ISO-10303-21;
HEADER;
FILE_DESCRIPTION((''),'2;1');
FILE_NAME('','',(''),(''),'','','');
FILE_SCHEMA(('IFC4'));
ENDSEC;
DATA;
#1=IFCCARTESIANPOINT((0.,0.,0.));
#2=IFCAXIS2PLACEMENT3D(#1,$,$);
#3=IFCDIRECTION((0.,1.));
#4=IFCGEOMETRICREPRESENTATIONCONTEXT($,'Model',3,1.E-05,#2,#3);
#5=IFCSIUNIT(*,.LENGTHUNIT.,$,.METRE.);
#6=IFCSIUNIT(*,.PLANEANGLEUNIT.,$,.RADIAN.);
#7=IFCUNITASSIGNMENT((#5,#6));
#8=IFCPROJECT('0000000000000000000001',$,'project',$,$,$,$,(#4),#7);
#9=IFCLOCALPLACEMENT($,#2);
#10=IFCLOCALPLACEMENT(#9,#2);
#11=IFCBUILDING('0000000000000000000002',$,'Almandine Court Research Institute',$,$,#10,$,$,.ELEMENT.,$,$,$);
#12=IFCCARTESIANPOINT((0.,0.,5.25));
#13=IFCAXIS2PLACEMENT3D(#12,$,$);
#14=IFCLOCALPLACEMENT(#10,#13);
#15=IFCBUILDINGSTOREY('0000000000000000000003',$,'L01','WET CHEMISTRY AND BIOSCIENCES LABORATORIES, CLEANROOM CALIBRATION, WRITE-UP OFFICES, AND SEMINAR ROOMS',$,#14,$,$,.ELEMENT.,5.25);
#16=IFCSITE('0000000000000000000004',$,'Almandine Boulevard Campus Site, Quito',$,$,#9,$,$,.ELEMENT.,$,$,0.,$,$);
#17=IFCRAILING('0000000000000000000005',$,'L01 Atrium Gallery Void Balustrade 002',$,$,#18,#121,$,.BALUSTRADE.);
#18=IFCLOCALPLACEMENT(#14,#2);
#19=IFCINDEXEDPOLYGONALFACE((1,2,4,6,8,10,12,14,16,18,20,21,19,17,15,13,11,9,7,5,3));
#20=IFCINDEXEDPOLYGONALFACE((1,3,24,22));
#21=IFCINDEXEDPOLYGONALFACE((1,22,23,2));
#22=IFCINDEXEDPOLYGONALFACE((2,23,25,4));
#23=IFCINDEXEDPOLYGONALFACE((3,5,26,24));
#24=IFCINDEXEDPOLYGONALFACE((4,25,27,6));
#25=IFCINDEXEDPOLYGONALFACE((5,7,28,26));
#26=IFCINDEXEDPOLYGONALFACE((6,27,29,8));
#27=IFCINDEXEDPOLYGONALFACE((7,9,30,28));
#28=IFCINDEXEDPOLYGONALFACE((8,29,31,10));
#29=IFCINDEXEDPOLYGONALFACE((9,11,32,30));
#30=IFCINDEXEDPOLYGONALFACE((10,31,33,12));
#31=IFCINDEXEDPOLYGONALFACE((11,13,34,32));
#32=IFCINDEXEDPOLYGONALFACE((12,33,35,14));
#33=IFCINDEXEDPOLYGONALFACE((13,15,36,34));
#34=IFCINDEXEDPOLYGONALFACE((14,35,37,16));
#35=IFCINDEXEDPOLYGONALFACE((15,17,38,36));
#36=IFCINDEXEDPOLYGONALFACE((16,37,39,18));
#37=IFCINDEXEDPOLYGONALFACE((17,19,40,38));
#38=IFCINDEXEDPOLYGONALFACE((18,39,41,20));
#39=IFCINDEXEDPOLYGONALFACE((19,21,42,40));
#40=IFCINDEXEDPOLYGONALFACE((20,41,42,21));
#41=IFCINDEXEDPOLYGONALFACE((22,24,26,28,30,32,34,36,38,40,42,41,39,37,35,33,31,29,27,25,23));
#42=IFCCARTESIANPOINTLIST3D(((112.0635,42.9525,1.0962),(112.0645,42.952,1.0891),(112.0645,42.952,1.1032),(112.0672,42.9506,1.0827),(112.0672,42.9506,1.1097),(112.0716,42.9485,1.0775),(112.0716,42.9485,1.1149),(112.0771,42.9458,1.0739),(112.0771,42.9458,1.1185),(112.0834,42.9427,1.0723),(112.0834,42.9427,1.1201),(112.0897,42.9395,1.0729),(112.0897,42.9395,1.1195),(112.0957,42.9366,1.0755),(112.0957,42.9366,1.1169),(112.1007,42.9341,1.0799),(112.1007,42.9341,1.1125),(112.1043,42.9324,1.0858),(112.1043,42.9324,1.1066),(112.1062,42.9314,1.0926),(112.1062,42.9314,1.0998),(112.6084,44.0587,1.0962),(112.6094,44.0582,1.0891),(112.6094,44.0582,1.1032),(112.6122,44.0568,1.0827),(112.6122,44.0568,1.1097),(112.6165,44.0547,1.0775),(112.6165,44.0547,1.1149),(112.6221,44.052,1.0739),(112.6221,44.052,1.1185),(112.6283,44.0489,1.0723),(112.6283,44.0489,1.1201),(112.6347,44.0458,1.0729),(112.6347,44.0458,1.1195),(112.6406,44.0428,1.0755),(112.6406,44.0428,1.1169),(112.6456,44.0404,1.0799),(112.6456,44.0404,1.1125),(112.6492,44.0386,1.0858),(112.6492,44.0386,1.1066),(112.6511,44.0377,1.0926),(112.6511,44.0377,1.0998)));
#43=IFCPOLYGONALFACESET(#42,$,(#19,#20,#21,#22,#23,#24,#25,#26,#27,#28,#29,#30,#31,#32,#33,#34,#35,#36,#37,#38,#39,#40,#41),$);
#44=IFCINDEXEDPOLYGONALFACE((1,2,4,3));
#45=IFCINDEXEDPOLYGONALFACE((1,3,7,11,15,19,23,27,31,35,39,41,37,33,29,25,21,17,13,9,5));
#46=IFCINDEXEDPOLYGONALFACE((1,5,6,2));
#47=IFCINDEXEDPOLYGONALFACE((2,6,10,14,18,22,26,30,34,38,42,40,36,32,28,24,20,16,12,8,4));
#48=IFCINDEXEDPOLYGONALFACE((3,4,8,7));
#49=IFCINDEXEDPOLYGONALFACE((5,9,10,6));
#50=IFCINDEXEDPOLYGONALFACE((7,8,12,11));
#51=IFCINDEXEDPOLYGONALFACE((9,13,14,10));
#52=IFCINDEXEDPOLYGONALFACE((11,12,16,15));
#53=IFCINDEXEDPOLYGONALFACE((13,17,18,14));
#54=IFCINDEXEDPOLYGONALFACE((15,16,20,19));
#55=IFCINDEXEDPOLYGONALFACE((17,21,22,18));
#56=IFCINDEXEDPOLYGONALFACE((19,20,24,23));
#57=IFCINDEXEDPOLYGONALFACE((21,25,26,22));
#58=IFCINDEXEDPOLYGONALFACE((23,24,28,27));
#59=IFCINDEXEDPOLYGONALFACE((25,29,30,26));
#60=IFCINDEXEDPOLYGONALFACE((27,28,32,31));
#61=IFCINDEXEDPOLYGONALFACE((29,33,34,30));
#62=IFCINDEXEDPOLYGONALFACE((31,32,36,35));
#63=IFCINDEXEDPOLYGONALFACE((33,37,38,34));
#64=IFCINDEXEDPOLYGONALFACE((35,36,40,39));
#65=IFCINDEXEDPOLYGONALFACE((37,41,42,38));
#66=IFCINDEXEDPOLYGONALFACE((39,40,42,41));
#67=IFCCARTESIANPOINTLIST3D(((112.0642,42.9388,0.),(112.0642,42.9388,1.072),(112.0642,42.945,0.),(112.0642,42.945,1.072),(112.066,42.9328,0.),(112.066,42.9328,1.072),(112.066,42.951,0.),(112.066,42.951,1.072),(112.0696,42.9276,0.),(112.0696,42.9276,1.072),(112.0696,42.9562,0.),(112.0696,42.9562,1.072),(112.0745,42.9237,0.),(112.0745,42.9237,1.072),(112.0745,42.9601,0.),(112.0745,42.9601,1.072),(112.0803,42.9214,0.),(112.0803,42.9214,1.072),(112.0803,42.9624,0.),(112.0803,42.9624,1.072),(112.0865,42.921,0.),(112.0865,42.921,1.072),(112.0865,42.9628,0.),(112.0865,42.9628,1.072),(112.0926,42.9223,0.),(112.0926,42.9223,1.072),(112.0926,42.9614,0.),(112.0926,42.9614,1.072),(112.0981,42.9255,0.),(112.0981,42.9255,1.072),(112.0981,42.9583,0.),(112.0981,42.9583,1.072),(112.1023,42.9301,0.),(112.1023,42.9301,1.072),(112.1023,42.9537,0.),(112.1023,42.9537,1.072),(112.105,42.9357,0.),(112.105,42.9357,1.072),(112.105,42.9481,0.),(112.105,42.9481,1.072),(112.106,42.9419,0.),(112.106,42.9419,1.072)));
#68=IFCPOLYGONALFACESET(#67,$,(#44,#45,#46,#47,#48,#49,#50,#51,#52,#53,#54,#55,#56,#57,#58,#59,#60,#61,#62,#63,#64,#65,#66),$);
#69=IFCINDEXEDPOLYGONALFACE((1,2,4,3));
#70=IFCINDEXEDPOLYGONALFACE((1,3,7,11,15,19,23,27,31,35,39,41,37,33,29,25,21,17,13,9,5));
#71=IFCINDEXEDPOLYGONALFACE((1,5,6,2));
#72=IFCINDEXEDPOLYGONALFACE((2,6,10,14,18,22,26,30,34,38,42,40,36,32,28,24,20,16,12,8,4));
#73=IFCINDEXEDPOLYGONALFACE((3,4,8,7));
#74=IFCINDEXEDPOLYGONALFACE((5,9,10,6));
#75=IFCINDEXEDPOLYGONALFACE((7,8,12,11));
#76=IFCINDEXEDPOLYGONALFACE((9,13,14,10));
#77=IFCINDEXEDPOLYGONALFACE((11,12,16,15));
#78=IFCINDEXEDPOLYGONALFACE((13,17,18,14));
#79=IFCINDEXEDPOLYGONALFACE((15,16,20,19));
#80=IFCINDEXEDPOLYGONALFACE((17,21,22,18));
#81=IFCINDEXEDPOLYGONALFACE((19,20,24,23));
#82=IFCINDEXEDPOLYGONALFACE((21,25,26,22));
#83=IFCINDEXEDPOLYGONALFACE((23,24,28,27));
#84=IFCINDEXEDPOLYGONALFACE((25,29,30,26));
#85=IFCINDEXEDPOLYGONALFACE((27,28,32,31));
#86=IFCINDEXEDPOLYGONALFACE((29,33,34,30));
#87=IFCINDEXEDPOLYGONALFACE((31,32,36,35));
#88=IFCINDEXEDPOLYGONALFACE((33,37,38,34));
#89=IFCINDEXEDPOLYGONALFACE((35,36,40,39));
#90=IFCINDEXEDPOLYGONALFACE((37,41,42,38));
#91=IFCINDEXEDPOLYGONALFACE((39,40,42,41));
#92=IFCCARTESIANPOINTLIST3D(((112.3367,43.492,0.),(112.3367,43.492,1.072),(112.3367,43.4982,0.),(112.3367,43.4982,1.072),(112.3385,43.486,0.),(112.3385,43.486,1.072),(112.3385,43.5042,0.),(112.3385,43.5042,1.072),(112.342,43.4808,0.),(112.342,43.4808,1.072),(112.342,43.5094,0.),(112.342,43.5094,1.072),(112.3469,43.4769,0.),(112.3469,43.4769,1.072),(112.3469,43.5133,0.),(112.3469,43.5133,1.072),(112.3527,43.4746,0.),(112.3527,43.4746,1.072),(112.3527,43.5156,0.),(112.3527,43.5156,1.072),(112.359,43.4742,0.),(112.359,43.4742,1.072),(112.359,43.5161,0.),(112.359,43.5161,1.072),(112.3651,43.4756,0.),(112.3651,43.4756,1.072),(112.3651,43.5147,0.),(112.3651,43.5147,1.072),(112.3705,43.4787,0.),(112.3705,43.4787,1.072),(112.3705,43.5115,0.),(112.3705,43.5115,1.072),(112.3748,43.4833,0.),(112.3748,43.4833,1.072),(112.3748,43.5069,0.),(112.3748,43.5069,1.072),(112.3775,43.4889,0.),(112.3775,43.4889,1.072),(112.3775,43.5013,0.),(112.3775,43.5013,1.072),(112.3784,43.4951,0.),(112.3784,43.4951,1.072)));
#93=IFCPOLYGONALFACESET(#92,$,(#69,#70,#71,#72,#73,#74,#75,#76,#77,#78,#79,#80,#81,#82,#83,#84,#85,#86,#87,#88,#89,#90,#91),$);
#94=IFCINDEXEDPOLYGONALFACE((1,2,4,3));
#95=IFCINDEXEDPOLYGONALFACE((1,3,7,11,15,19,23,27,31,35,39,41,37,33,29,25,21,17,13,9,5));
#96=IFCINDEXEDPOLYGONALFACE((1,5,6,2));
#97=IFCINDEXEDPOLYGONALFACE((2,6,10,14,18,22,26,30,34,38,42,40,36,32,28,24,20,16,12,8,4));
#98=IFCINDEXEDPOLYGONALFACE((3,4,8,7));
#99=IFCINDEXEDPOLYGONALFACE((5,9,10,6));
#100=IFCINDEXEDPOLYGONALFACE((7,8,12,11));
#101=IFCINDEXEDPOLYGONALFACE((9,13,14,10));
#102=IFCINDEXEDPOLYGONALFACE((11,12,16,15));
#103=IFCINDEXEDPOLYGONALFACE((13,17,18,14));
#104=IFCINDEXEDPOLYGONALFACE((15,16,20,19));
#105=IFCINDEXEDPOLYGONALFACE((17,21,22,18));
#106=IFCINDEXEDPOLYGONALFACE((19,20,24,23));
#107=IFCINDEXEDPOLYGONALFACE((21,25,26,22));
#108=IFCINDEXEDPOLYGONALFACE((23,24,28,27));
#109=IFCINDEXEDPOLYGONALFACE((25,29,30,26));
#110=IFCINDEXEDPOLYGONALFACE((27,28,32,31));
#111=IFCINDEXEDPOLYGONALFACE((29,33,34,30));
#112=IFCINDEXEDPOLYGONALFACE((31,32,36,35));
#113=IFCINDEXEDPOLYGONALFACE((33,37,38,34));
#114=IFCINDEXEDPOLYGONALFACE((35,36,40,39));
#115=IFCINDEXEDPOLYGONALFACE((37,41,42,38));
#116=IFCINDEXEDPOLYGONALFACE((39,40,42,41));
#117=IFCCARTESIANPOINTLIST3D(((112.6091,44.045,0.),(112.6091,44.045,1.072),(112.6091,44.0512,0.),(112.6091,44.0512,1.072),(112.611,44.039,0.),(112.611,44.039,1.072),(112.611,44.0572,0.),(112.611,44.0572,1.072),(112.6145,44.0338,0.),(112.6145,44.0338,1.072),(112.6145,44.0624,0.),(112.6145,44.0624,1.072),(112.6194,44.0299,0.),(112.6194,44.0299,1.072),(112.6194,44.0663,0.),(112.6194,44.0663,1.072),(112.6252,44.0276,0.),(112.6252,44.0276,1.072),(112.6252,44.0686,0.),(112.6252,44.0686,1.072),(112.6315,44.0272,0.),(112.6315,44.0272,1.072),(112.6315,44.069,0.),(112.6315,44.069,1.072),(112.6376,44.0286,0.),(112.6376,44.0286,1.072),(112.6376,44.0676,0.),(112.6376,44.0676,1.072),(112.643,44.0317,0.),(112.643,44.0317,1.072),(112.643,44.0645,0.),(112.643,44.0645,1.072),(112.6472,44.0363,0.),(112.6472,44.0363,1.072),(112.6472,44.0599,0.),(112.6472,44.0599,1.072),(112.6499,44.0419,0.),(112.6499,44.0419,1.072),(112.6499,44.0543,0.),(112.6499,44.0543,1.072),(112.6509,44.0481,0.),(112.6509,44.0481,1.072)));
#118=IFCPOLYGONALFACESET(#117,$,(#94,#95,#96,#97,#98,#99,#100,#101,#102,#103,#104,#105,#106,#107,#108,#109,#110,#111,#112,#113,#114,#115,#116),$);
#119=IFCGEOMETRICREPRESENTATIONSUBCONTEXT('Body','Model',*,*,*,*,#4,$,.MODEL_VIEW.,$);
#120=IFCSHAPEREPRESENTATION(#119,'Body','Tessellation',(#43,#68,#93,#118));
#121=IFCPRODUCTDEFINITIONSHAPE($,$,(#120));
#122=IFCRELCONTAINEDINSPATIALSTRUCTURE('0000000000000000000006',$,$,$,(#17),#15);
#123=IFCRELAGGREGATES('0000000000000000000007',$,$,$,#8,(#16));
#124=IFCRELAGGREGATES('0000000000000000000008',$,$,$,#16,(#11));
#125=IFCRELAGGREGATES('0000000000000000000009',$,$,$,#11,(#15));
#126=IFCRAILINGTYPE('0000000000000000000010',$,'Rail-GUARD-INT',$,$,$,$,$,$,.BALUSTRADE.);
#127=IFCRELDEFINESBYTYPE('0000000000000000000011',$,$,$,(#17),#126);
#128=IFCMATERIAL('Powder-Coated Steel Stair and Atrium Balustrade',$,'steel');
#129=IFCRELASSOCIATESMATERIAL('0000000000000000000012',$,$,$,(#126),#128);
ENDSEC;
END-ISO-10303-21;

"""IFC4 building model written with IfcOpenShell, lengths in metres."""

from ifc_helpers import new_model, si_unit, direction, frame, origin, origin_2d, place, context, subcontext, project, spatial, circle, extrude, material, type_object, element, save


model = new_model("IFC4")

# Units and contexts
model_context = context("Model", 3, precision=1e-05, world=origin(), true_north=direction((0.0, 1.0)))
body_context = subcontext(model_context, "Body", "Model", "MODEL_VIEW")
ifc_project = project(units=[si_unit("LENGTHUNIT", "METRE"), si_unit("PLANEANGLEUNIT", "RADIAN")], contexts=[model_context])

# Site, building, storey
site_placement = place(None, origin())
site = spatial("IfcSite", under=ifc_project, at=site_placement, Name="Almandine Boulevard Campus Site, Quito", CompositionType="ELEMENT", RefElevation=0.0)
building_placement = place(site_placement, origin())
building = spatial("IfcBuilding", under=site, at=building_placement, Name="Almandine Court Research Institute", CompositionType="ELEMENT")
storey_placement = place(building_placement, frame((0.0, 0.0, 5.25)))
storey = spatial("IfcBuildingStorey", under=building, at=storey_placement, Name="L01", Description="WET CHEMISTRY AND BIOSCIENCES LABORATORIES, CLEANROOM CALIBRATION, WRITE-UP OFFICES, AND SEMINAR ROOMS", CompositionType="ELEMENT", Elevation=5.25)

# Railing
ifc_material_1 = material(Name="Powder-Coated Steel Stair and Atrium Balustrade", Category="steel")
railing_type = type_object("IfcRailingType", Name="Rail-GUARD-INT", PredefinedType="BALUSTRADE", material=ifc_material_1)
railing_1_placement = place(storey_placement, frame((112.085, 42.9419, 0.0)))
element("IfcRailing", 1, at=railing_1_placement, inside=storey, type_object=railing_type, Name="L01 Atrium Gallery Void Balustrade 002", PredefinedType="BALUSTRADE", context=body_context, shape_type="SweptSolid", body=[
    extrude(circle(Radius=0.0239, at=origin_2d()), frame((0.0, 0.0, 1.0962), z_axis=(0.4419, 0.897064, 0.0), x_axis=(-0.897064, 0.4419, 0.0)), (0.0, 0.0, 1.0), 1.2332),
    extrude(circle(Radius=0.021, at=origin_2d()), origin(), (0.0, 0.0, 1.0), 1.072),
    extrude(circle(Radius=0.021, at=origin_2d()), frame((0.2725, 0.5532, 0.0)), (0.0, 0.0, 1.0), 1.072),
    extrude(circle(Radius=0.021, at=origin_2d()), frame((0.5449, 1.1062, 0.0)), (0.0, 0.0, 1.0), 1.072),
])

save(model, "model.ifc")
